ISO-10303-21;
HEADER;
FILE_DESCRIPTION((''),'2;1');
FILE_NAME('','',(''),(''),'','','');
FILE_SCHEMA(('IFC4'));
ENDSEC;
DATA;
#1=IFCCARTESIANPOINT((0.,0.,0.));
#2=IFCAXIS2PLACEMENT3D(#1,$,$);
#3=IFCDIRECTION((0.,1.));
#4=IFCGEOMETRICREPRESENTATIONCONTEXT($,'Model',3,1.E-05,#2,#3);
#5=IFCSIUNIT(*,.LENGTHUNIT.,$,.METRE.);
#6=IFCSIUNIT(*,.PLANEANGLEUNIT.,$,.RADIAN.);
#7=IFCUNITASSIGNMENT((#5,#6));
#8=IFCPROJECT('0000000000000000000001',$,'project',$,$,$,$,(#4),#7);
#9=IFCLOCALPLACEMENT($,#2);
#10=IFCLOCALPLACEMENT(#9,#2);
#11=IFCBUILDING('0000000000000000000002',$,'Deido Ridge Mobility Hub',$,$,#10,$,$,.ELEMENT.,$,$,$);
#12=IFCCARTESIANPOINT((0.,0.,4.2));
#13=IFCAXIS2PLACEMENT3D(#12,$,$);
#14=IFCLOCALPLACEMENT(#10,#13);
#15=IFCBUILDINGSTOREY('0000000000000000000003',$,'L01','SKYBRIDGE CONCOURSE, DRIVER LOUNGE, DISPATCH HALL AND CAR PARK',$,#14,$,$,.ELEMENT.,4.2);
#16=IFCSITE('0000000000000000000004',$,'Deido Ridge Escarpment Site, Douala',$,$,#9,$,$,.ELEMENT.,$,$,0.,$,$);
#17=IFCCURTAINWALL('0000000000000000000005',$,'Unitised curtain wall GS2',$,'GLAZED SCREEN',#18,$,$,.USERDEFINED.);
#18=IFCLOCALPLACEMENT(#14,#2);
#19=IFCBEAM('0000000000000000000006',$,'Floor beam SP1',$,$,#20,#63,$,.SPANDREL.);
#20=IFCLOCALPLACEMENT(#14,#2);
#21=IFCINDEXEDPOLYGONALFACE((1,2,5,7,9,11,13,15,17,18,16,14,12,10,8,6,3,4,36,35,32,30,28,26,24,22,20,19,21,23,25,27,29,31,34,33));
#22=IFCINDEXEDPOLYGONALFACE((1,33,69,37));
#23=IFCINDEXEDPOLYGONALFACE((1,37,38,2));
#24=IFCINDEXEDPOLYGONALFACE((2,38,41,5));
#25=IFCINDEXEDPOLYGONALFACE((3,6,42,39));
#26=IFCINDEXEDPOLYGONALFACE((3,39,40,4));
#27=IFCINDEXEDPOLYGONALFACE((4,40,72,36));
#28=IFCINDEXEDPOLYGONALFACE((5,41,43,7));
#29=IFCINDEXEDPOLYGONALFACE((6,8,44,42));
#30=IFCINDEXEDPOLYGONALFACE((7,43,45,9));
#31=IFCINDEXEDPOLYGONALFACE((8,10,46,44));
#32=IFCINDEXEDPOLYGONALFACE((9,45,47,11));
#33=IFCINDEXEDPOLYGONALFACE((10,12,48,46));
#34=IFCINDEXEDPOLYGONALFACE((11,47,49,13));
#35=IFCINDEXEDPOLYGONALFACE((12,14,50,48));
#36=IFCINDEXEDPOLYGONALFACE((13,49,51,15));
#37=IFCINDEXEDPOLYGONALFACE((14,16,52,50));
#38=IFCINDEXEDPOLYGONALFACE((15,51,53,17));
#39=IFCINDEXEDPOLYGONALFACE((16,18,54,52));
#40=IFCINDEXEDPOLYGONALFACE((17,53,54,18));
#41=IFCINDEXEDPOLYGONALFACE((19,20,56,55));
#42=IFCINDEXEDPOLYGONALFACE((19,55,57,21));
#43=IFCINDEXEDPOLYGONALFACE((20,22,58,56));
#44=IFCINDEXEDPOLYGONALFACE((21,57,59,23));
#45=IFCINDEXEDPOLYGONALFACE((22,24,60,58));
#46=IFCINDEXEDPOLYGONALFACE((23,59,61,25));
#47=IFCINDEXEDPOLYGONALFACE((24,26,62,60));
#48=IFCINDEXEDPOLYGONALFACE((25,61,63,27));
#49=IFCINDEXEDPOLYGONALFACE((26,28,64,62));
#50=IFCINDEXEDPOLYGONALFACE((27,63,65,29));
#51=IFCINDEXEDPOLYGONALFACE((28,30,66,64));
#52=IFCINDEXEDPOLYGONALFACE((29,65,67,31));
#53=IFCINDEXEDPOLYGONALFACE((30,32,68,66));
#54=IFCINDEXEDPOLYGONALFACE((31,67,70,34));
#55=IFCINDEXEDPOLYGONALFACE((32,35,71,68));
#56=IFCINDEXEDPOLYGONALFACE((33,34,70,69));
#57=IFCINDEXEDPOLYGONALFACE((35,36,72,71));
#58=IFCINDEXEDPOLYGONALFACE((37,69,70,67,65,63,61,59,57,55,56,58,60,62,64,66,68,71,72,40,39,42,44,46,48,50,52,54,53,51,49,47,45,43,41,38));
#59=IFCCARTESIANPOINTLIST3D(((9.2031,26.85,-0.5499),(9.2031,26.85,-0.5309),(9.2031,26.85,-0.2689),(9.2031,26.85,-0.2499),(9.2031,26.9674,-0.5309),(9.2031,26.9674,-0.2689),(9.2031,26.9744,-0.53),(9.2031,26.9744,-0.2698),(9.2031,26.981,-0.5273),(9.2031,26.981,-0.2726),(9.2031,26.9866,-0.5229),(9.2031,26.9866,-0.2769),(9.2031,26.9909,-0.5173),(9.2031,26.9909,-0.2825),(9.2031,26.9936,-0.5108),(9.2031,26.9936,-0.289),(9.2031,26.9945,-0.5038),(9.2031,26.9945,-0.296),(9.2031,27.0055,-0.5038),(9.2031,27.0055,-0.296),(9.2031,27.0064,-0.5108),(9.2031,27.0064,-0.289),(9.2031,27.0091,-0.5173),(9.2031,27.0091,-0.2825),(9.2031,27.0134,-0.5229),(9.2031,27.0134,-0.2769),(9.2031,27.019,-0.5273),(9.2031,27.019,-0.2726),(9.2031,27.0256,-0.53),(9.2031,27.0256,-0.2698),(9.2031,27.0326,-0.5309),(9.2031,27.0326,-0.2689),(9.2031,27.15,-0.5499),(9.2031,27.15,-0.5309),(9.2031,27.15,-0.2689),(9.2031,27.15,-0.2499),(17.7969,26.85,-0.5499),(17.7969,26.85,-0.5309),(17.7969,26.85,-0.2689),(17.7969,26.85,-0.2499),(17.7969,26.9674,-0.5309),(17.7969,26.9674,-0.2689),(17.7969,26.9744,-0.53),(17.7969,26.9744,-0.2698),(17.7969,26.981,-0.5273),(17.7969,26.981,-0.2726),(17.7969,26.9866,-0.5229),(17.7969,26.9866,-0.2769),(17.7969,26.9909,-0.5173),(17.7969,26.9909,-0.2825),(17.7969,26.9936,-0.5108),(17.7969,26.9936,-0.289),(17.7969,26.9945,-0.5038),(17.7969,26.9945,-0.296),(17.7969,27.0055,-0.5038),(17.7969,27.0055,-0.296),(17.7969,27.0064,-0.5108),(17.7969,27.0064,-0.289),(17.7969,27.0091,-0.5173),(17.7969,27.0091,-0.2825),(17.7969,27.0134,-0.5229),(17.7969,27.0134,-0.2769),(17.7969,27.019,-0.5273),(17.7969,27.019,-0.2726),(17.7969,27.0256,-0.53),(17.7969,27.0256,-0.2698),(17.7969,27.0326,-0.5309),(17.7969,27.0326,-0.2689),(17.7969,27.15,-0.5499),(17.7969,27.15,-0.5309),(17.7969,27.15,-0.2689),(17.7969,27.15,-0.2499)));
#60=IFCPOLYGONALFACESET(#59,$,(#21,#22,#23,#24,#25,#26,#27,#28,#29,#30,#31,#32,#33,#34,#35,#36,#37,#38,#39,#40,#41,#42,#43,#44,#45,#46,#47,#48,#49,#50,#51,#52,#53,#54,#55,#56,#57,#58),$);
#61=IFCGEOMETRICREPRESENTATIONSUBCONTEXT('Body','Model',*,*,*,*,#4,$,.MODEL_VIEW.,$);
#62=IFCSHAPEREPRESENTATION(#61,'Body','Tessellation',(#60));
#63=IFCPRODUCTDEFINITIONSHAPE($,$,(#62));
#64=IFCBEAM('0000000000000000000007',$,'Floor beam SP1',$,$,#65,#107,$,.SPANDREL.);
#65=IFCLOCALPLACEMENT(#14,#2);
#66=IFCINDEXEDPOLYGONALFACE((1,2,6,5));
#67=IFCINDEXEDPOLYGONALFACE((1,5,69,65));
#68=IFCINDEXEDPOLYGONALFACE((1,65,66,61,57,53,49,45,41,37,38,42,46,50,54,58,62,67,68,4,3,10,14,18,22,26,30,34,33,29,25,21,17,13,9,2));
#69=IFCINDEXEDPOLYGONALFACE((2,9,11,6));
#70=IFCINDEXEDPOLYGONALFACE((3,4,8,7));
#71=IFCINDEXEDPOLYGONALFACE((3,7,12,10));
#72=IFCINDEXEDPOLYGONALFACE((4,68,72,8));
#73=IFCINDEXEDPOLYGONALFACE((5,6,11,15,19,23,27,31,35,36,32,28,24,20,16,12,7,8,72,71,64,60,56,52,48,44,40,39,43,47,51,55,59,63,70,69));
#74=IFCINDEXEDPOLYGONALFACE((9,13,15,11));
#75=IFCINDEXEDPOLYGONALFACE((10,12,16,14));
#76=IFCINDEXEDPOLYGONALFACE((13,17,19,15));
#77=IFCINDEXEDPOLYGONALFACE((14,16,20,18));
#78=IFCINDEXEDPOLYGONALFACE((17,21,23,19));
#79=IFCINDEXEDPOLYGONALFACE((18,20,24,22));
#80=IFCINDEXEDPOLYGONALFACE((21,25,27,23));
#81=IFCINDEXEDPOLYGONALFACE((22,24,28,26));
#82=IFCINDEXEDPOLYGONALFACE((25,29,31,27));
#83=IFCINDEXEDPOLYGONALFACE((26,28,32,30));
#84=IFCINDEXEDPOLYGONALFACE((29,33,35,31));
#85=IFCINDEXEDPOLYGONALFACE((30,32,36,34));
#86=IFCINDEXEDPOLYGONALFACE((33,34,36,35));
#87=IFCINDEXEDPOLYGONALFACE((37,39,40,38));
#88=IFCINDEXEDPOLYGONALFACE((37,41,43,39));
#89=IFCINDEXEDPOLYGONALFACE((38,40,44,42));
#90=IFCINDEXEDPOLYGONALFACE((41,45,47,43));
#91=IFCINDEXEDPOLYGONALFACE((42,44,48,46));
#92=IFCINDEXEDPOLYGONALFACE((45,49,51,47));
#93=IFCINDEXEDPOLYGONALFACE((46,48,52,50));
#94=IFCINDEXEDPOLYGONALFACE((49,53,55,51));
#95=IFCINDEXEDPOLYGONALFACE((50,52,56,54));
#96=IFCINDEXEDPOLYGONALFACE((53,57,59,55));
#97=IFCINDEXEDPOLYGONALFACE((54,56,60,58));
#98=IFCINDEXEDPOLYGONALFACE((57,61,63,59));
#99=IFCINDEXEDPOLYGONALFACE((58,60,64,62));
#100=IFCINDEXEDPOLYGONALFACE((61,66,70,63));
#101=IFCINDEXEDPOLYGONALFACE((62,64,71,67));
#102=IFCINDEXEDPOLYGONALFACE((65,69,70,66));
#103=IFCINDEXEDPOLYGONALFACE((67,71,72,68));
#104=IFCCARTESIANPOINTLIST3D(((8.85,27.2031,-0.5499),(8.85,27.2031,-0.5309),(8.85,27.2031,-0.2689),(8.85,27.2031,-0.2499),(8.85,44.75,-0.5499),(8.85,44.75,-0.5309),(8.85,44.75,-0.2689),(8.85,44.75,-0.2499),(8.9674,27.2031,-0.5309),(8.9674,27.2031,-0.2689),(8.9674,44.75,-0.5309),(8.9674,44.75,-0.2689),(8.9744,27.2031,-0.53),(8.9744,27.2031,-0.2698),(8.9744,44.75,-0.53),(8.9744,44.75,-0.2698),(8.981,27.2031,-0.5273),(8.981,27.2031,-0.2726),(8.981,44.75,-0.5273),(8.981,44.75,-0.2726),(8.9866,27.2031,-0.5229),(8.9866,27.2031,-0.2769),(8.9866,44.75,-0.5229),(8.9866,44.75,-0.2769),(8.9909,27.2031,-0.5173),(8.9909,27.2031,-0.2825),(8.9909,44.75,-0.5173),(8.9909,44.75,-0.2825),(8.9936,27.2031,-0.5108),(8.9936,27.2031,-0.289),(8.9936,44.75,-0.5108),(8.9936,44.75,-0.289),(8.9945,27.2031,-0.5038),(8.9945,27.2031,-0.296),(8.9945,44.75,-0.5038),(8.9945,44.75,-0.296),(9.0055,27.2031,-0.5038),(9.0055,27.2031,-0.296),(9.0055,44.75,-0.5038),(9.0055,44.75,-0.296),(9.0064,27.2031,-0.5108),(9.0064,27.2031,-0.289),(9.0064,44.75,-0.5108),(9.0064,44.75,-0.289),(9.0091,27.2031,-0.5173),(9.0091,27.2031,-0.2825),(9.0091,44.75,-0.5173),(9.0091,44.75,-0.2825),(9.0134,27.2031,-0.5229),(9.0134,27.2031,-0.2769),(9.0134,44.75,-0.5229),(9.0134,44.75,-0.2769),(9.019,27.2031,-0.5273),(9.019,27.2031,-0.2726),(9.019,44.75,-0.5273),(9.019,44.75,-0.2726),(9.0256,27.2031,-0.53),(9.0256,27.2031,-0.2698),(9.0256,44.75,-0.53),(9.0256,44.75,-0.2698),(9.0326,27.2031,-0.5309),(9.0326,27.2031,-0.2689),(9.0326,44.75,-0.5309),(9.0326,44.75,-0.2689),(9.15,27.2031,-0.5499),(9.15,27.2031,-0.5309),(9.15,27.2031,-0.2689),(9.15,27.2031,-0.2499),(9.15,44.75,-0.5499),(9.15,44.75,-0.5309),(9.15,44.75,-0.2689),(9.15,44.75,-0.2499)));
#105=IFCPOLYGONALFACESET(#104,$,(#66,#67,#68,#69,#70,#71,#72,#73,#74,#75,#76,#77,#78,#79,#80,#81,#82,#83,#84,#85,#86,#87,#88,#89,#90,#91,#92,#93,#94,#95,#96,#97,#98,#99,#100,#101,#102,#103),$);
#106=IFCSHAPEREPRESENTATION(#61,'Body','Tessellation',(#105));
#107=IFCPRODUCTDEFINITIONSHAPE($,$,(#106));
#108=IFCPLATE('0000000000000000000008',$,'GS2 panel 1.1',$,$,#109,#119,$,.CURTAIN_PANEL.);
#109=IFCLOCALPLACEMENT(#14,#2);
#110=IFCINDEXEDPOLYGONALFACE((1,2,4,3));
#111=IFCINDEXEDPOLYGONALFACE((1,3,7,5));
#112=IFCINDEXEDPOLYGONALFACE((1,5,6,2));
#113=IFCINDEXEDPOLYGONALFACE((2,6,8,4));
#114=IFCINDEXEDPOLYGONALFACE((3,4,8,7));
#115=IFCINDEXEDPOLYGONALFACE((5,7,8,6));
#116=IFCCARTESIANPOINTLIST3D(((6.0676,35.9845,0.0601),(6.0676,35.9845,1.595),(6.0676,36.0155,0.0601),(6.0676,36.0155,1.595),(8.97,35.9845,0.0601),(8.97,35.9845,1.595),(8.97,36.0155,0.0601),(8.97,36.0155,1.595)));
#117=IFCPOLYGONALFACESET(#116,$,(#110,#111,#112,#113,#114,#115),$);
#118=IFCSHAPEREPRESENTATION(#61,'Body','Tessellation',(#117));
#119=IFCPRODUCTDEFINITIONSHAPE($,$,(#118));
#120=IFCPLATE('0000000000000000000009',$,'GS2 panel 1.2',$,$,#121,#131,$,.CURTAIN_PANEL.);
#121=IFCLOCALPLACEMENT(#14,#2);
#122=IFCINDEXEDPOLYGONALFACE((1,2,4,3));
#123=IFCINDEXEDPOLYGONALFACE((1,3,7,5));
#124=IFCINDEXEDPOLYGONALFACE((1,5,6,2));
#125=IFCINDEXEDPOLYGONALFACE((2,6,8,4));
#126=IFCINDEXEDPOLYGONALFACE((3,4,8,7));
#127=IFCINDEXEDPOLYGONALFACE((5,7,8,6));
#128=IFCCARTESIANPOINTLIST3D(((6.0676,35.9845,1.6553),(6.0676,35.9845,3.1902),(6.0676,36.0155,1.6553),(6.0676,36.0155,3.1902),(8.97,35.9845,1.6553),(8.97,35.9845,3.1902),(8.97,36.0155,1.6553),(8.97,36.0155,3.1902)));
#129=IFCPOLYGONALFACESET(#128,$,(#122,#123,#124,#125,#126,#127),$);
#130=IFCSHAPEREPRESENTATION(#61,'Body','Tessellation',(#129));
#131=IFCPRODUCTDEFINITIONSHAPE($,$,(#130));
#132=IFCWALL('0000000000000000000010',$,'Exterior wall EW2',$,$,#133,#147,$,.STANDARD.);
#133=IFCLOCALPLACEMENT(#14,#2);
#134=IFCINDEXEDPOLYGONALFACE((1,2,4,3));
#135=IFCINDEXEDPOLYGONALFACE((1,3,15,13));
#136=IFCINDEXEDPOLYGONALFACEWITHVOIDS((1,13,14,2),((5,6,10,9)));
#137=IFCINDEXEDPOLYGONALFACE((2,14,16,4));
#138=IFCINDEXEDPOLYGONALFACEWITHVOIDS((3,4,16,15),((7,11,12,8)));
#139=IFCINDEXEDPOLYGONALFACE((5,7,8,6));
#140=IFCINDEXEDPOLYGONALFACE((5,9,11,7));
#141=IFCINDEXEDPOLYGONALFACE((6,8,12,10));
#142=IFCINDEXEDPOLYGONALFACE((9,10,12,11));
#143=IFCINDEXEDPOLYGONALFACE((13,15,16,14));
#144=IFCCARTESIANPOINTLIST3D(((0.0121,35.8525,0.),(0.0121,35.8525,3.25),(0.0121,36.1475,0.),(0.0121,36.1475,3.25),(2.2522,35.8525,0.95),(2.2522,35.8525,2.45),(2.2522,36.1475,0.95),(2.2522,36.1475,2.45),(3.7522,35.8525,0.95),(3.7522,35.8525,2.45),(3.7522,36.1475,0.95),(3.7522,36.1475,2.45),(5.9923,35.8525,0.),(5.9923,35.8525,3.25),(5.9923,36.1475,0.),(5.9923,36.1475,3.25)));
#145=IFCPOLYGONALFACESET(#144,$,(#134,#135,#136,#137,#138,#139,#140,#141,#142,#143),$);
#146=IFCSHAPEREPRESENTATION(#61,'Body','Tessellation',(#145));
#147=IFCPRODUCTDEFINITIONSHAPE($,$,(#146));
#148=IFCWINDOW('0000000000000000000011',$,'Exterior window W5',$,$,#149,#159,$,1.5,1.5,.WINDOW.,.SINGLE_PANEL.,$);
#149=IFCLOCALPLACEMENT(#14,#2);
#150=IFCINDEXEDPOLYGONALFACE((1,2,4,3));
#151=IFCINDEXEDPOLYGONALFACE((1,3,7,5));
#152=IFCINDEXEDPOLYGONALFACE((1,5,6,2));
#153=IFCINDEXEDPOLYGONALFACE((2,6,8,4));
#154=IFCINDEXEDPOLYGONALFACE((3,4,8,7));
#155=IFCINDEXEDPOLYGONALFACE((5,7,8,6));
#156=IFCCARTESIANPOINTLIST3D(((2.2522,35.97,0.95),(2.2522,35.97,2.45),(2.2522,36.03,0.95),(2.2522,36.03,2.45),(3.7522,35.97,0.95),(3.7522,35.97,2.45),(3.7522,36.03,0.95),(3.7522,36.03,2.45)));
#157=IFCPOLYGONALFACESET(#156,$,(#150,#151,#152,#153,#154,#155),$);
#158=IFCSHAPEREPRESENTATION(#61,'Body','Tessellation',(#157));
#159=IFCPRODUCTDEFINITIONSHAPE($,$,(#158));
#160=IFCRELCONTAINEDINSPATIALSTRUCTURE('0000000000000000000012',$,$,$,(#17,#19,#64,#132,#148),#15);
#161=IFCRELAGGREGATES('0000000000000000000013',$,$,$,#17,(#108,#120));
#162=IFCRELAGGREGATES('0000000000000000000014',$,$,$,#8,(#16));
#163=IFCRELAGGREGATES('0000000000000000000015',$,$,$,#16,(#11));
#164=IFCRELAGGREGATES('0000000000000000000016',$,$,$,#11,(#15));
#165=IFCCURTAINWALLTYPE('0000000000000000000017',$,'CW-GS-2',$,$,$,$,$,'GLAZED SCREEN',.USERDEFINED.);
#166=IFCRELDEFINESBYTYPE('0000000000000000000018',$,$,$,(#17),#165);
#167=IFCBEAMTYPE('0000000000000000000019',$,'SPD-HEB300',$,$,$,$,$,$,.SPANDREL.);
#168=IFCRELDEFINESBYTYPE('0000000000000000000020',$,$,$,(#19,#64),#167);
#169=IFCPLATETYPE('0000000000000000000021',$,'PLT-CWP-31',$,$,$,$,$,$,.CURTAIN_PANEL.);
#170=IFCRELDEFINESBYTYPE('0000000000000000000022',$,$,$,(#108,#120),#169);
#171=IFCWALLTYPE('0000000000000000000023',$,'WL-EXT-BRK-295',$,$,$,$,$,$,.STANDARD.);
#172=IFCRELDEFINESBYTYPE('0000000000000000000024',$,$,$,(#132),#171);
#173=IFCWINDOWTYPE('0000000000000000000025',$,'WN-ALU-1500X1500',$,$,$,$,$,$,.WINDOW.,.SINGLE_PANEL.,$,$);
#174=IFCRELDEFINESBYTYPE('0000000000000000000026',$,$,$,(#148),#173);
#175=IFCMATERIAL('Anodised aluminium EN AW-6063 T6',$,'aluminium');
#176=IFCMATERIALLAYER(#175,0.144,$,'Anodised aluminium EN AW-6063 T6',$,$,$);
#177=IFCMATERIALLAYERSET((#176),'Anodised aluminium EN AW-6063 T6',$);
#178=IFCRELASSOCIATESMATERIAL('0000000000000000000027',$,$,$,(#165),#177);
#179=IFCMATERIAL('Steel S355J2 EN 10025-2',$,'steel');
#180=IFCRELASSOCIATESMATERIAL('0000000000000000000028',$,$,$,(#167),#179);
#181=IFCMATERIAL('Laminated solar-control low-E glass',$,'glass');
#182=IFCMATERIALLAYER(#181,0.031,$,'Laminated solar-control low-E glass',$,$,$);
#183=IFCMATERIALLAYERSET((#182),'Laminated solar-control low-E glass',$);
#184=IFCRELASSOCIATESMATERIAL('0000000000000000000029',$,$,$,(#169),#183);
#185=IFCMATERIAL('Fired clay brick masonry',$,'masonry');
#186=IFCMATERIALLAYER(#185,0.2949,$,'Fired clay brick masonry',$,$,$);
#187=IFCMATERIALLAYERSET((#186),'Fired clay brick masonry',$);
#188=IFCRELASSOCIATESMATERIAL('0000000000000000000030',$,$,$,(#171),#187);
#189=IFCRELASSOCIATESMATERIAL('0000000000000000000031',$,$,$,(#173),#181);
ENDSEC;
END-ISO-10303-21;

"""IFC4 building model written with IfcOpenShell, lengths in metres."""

from ifc_helpers import new_model, si_unit, direction, frame, frame_2d, origin, origin_2d, place, context, subcontext, project, spatial, rectangle, i_section, extrude, material, layer, layer_set, material_profile, profile_set, type_object, element, fill, aggregate, save


model = new_model("IFC4")

# Units and contexts
model_context = context("Model", 3, precision=1e-05, world=origin(), true_north=direction((0.0, 1.0)))
body_context = subcontext(model_context, "Body", "Model", "MODEL_VIEW")
ifc_project = project(units=[si_unit("LENGTHUNIT", "METRE"), si_unit("PLANEANGLEUNIT", "RADIAN")], contexts=[model_context])

# Site, building, storey
site_placement = place(None, origin())
site = spatial("IfcSite", under=ifc_project, at=site_placement, Name="Deido Ridge Escarpment Site, Douala", CompositionType="ELEMENT", RefElevation=0.0)
building_placement = place(site_placement, origin())
building = spatial("IfcBuilding", under=site, at=building_placement, Name="Deido Ridge Mobility Hub", CompositionType="ELEMENT")
storey_placement = place(building_placement, frame((0.0, 0.0, 4.2)))
storey = spatial("IfcBuildingStorey", under=building, at=storey_placement, Name="L01", Description="SKYBRIDGE CONCOURSE, DRIVER LOUNGE, DISPATCH HALL AND CAR PARK", CompositionType="ELEMENT", Elevation=4.2)

# Shared definitions
ifc_material_1 = material(Name="Steel S355J2 EN 10025-2", Category="steel")

# Curtain wall
ifc_material_2 = material(Name="Anodised aluminium EN AW-6063 T6", Category="aluminium")
ifc_layer_1 = layer(ifc_material_2, 0.144, Name="Anodised aluminium EN AW-6063 T6")
ifc_layer_set_1 = layer_set([ifc_layer_1], Name="Anodised aluminium EN AW-6063 T6")
curtain_wall_type = type_object("IfcCurtainWallType", Name="CW-GS-2", ElementType="GLAZED SCREEN", PredefinedType="USERDEFINED", material=ifc_layer_set_1)
curtain_wall_placement = place(storey_placement, origin())
curtain_wall = element("IfcCurtainWall", 1, at=curtain_wall_placement, inside=storey, type_object=curtain_wall_type, Name="Unitised curtain wall GS2", ObjectType="GLAZED SCREEN", PredefinedType="USERDEFINED")

# Beams
ifc_material_profile_1 = material_profile(ifc_material_1, i_section(OverallWidth=0.3, OverallDepth=0.3, WebThickness=0.011, FlangeThickness=0.019, FilletRadius=0.0271, at=origin_2d()), Name="HEB 300")
ifc_profile_set_1 = profile_set([ifc_material_profile_1], Name="Steel S355J2 EN 10025-2")
beam_type_1 = type_object("IfcBeamType", Name="SPD-HEB300", PredefinedType="SPANDREL", material=ifc_profile_set_1)
beam_1_placement = place(storey_placement, frame((9.2031, 27.0, -0.3999), z_axis=(1.0, 0.0, 0.0), x_axis=(0.0, 1.0, 0.0)))
element("IfcBeam", 2, at=beam_1_placement, inside=storey, type_object=beam_type_1, Name="Floor beam SP1", PredefinedType="SPANDREL", context=body_context, shape_type="SweptSolid", body=[
    extrude(i_section(OverallWidth=0.3, OverallDepth=0.3, WebThickness=0.011, FlangeThickness=0.019, FilletRadius=0.0271, at=origin_2d()), origin(), (0.0, 0.0, 1.0), 8.5938),
])
beam_2_placement = place(storey_placement, frame((9.0, 27.2031, -0.3999), z_axis=(0.0, 1.0, 0.0), x_axis=(-1.0, 0.0, 0.0)))
element("IfcBeam", 3, at=beam_2_placement, inside=storey, type_object=beam_type_1, Name="Floor beam SP1", PredefinedType="SPANDREL", context=body_context, shape_type="SweptSolid", body=[
    extrude(i_section(OverallWidth=0.3, OverallDepth=0.3, WebThickness=0.011, FlangeThickness=0.019, FilletRadius=0.0271, at=origin_2d()), origin(), (0.0, 0.0, 1.0), 17.5469),
])

# Plates
ifc_material_3 = material(Name="Laminated solar-control low-E glass", Category="glass")
ifc_layer_2 = layer(ifc_material_3, 0.031, Name="Laminated solar-control low-E glass")
ifc_layer_set_2 = layer_set([ifc_layer_2], Name="Laminated solar-control low-E glass")
plate_type = type_object("IfcPlateType", Name="PLT-CWP-31", PredefinedType="CURTAIN_PANEL", material=ifc_layer_set_2)
plate_1_placement = place(storey_placement, frame((7.5188, 36.0, 0.0601), z_axis=(0.0, 0.0, 1.0), x_axis=(1.0, 0.0, 0.0)))
plate_1 = element("IfcPlate", 4, at=plate_1_placement, type_object=plate_type, Name="GS2 panel 1.1", PredefinedType="CURTAIN_PANEL", context=body_context, shape_type="SweptSolid", body=[
    extrude(rectangle(XDim=2.9023, YDim=0.031, at=origin_2d()), origin(), (0.0, 0.0, 1.0), 1.5349),
])
plate_2_placement = place(storey_placement, frame((7.5188, 36.0, 1.6553), z_axis=(0.0, 0.0, 1.0), x_axis=(1.0, 0.0, 0.0)))
plate_2 = element("IfcPlate", 5, at=plate_2_placement, type_object=plate_type, Name="GS2 panel 1.2", PredefinedType="CURTAIN_PANEL", context=body_context, shape_type="SweptSolid", body=[
    extrude(rectangle(XDim=2.9023, YDim=0.031, at=origin_2d()), origin(), (0.0, 0.0, 1.0), 1.5349),
])
aggregate(curtain_wall, [plate_1, plate_2])

# Wall, opening, window
ifc_material_4 = material(Name="Fired clay brick masonry", Category="masonry")
ifc_layer_3 = layer(ifc_material_4, 0.2949, Name="Fired clay brick masonry")
ifc_layer_set_3 = layer_set([ifc_layer_3], Name="Fired clay brick masonry")
wall_type = type_object("IfcWallType", Name="WL-EXT-BRK-295", PredefinedType="STANDARD", material=ifc_layer_set_3)
wall_placement = place(storey_placement, frame((0.012, 36.0, 0.0), z_axis=(0.0, 0.0, 1.0), x_axis=(1.0, 0.0, 0.0)))
wall = element("IfcWall", 6, at=wall_placement, inside=storey, type_object=wall_type, Name="Exterior wall EW2", PredefinedType="STANDARD", context=body_context, shape_type="SweptSolid", body=[
    extrude(rectangle(XDim=5.9802, YDim=0.2949, at=frame_2d((2.9902, 0.0))), origin(), (0.0, 0.0, 1.0), 3.25),
])
opening_placement = place(wall_placement, frame((2.2402, 0.0, 0.95)))
opening = element("IfcOpeningElement", 7, at=opening_placement, cuts=wall, PredefinedType="OPENING", context=body_context, shape_type="SweptSolid", body=[
    extrude(rectangle(XDim=1.5, YDim=1.5, at=frame_2d((0.75, 0.75))), frame((0.0, 0.1575, 0.0), z_axis=(0.0, -1.0, 0.0), x_axis=(1.0, 0.0, 0.0)), (0.0, 0.0, 1.0), 0.3149),
])
window_type = type_object("IfcWindowType", Name="WN-ALU-1500X1500", PartitioningType="SINGLE_PANEL", PredefinedType="WINDOW", material=ifc_material_3)
window_placement = place(opening_placement, origin())
window = element("IfcWindow", 8, at=window_placement, inside=storey, type_object=window_type, Name="Exterior window W5", OverallHeight=1.5, OverallWidth=1.5, PartitioningType="SINGLE_PANEL", PredefinedType="WINDOW", context=body_context, shape_type="SweptSolid", body=[
    extrude(rectangle(XDim=1.5, YDim=1.5, at=frame_2d((0.75, 0.75))), frame((0.0, 0.03, 0.0), z_axis=(0.0, -1.0, 0.0), x_axis=(1.0, 0.0, 0.0)), (0.0, 0.0, 1.0), 0.0601),
])
fill(opening, window)

save(model, "model.ifc")
